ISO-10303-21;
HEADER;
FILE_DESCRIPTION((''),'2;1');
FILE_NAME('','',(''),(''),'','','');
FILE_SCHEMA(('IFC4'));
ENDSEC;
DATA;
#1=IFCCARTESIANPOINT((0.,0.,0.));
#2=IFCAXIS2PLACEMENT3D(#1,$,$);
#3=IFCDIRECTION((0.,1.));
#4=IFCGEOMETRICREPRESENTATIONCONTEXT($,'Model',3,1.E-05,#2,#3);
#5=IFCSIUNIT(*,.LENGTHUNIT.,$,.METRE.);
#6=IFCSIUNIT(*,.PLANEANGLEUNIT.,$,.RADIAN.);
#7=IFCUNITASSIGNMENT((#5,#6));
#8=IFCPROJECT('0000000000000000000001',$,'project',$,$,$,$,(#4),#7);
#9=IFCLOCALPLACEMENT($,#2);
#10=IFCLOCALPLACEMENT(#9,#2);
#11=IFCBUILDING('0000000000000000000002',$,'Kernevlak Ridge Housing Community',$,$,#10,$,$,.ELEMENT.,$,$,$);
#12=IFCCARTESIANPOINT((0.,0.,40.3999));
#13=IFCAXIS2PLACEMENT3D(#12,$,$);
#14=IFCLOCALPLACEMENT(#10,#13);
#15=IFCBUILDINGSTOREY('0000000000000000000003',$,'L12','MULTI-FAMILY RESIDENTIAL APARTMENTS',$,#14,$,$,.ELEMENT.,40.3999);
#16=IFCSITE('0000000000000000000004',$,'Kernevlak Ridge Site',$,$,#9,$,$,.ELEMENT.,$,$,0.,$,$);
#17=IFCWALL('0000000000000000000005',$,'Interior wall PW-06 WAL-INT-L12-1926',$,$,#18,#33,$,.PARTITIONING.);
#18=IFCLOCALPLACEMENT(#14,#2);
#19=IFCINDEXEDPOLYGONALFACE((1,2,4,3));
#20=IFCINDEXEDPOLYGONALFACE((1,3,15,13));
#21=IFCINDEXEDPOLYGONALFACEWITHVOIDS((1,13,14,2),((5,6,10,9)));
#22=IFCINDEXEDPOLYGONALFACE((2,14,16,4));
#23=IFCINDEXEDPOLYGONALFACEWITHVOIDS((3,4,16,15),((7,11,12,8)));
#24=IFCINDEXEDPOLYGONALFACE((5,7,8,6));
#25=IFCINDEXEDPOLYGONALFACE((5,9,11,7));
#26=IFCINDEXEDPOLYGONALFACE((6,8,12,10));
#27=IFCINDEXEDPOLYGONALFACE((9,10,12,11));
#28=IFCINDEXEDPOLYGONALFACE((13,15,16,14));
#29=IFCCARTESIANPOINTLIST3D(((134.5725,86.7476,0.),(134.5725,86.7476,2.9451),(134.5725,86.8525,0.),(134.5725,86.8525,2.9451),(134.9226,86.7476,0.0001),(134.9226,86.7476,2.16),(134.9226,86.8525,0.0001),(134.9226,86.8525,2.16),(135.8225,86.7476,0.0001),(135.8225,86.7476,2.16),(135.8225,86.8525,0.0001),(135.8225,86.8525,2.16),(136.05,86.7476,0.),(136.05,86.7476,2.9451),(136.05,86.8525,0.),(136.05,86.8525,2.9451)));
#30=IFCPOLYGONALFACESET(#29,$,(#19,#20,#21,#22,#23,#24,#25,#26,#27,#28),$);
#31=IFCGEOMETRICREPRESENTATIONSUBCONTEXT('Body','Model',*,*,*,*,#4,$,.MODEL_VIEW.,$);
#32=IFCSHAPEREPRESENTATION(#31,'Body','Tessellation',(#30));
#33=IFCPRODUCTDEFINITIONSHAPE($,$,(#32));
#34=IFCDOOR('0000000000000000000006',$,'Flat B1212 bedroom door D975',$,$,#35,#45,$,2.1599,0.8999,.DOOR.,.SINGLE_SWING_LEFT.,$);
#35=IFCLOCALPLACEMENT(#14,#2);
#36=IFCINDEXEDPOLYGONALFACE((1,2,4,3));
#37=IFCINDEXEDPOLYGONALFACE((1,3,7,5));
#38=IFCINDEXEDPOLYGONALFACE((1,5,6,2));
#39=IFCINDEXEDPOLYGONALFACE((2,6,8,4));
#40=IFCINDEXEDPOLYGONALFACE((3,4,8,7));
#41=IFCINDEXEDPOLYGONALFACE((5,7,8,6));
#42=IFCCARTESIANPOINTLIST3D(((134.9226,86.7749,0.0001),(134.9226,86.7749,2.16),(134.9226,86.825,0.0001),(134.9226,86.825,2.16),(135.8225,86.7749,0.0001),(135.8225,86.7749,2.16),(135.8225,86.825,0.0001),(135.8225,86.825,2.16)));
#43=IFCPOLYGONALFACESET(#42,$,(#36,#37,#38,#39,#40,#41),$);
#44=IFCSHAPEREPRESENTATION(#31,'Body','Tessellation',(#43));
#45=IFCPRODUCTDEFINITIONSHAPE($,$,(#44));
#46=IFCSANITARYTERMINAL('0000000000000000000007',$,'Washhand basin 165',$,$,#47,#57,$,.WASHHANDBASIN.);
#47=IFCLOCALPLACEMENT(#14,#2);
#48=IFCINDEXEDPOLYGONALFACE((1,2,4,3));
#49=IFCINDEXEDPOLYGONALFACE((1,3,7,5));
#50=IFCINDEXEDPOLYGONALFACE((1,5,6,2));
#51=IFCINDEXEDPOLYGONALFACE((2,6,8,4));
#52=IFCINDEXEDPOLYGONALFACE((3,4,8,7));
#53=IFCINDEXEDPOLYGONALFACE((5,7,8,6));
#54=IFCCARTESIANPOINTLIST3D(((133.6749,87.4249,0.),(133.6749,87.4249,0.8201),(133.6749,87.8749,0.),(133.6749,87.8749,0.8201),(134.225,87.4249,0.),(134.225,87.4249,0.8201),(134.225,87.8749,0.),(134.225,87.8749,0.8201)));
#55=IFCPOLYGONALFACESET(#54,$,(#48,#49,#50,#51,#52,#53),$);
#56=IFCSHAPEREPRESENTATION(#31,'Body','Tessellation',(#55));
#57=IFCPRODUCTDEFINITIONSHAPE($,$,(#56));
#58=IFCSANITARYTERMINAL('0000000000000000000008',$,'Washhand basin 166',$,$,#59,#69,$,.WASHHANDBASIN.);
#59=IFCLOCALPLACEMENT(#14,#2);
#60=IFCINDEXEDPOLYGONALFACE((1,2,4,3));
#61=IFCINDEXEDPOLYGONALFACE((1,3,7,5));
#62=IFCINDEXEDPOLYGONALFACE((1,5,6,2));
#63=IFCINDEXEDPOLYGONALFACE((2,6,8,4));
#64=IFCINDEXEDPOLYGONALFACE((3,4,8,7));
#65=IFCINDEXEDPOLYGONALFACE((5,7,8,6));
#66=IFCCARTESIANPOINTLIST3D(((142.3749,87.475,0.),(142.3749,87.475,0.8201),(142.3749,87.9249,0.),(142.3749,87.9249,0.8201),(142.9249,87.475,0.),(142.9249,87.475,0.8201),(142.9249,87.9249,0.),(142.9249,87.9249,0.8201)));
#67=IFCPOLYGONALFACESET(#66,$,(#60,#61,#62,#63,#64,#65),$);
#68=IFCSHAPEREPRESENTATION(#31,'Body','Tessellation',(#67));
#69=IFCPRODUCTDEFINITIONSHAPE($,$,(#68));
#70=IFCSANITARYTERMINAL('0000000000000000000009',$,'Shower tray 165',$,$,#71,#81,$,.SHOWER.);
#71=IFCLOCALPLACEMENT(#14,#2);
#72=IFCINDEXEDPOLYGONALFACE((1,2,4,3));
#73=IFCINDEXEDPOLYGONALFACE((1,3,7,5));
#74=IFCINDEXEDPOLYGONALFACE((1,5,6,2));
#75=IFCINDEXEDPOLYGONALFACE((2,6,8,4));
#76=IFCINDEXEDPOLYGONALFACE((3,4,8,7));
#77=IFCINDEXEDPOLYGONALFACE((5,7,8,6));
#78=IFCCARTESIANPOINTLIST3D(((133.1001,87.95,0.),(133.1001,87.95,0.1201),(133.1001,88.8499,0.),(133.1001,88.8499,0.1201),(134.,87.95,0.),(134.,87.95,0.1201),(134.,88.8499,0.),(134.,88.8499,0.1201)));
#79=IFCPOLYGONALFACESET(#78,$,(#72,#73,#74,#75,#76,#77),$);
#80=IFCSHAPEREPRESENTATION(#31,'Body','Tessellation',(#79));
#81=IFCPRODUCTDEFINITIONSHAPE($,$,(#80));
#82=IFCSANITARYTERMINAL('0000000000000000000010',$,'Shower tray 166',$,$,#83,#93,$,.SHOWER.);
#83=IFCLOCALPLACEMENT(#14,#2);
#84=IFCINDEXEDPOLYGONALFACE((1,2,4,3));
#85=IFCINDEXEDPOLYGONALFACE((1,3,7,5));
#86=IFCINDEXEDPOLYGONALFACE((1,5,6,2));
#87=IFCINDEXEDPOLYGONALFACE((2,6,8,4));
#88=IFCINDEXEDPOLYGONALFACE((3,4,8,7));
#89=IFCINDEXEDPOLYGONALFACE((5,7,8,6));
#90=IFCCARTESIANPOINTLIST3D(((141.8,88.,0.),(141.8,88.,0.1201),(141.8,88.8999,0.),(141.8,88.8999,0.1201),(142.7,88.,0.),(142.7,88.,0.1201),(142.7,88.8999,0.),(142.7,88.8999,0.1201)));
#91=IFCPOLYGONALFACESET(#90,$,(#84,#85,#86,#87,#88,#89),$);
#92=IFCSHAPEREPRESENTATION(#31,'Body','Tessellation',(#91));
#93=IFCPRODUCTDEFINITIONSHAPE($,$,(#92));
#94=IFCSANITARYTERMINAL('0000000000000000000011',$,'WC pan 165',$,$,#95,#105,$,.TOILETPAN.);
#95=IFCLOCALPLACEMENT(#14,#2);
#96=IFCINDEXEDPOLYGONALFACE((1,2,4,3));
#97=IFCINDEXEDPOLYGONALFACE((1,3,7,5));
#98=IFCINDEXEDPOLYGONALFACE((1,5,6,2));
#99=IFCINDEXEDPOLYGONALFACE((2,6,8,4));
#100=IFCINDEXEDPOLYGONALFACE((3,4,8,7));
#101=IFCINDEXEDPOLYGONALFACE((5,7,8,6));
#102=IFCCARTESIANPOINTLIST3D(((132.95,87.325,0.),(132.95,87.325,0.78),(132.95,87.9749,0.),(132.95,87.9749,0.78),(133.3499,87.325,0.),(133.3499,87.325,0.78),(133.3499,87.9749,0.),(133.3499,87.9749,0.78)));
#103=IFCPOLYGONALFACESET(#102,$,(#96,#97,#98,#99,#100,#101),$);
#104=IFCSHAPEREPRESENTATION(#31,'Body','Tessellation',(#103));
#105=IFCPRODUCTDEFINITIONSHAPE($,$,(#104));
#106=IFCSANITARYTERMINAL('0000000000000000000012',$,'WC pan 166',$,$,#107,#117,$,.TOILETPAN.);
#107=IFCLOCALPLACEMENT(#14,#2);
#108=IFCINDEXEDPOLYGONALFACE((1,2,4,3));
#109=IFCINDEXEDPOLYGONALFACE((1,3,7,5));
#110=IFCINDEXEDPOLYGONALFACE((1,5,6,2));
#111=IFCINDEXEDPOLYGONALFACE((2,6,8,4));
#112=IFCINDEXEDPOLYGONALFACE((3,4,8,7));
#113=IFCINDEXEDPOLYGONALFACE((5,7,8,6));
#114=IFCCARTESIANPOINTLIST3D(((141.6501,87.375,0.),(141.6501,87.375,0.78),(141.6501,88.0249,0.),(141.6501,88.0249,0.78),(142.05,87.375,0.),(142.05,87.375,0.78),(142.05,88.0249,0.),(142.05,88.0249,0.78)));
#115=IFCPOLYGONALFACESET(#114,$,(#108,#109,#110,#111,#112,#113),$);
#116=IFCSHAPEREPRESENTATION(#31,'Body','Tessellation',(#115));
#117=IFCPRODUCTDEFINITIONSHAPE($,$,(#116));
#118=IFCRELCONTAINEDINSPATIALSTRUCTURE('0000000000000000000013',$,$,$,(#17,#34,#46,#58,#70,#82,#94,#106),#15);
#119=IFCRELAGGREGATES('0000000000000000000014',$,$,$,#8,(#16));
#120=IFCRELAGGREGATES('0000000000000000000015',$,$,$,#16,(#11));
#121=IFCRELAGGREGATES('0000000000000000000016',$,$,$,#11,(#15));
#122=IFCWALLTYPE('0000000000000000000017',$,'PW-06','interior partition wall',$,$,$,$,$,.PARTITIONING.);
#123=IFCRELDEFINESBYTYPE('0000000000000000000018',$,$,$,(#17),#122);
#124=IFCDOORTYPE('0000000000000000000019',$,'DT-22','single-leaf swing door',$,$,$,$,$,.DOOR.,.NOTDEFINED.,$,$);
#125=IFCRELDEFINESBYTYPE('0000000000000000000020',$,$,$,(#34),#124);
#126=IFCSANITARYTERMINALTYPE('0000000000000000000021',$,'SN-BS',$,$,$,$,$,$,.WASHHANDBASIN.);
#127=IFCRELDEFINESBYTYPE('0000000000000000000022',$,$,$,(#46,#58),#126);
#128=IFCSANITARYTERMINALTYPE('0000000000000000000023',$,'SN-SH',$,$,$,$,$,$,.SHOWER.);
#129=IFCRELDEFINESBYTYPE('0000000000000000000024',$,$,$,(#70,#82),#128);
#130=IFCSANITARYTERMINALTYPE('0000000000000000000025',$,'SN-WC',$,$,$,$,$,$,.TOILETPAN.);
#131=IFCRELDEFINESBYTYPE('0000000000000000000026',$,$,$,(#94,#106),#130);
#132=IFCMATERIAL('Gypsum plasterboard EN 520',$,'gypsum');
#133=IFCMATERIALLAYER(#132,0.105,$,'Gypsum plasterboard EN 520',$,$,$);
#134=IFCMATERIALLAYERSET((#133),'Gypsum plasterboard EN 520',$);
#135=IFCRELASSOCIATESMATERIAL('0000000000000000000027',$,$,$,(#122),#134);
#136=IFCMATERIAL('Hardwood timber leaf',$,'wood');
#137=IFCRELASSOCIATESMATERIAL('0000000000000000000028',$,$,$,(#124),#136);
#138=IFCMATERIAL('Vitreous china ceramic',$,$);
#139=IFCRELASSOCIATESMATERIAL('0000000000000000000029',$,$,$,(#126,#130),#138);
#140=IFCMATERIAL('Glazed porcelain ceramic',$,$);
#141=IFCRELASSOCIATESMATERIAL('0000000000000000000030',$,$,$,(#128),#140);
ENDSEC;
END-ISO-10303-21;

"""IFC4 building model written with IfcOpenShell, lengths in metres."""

from ifc_helpers import new_model, si_unit, direction, frame, frame_2d, origin, origin_2d, place, context, subcontext, project, spatial, rectangle, extrude, material, layer, layer_set, type_object, element, fill, save


model = new_model("IFC4")

# Units and contexts
model_context = context("Model", 3, precision=1e-05, world=origin(), true_north=direction((0.0, 1.0)))
body_context = subcontext(model_context, "Body", "Model", "MODEL_VIEW")
ifc_project = project(units=[si_unit("LENGTHUNIT", "METRE"), si_unit("PLANEANGLEUNIT", "RADIAN")], contexts=[model_context])

# Site, building, storey
site_placement = place(None, origin())
site = spatial("IfcSite", under=ifc_project, at=site_placement, Name="Kernevlak Ridge Site", CompositionType="ELEMENT", RefElevation=0.0)
building_placement = place(site_placement, origin())
building = spatial("IfcBuilding", under=site, at=building_placement, Name="Kernevlak Ridge Housing Community", CompositionType="ELEMENT")
storey_placement = place(building_placement, frame((0.0, 0.0, 40.3999)))
storey = spatial("IfcBuildingStorey", under=building, at=storey_placement, Name="L12", Description="MULTI-FAMILY RESIDENTIAL APARTMENTS", CompositionType="ELEMENT", Elevation=40.3999)

# Shared definitions
ifc_material_1 = material(Name="Gypsum plasterboard EN 520", Category="gypsum")

# Shared definitions
ifc_material_2 = material(Name="Hardwood timber leaf", Category="wood")

# Wall, opening, door
ifc_layer_1 = layer(ifc_material_1, 0.105, Name="Gypsum plasterboard EN 520")
ifc_layer_set_1 = layer_set([ifc_layer_1], Name="Gypsum plasterboard EN 520")
wall_type_1 = type_object("IfcWallType", Name="PW-06", Description="interior partition wall", PredefinedType="PARTITIONING", material=ifc_layer_set_1)
wall_1_placement = place(storey_placement, frame((134.5725, 86.8, 0.0), z_axis=(0.0, 0.0, 1.0), x_axis=(1.0, 0.0, 0.0)))
wall_1 = element("IfcWall", 1, at=wall_1_placement, inside=storey, type_object=wall_type_1, Name="Interior wall PW-06 WAL-INT-L12-1926", PredefinedType="PARTITIONING", context=body_context, shape_type="SweptSolid", body=[
    extrude(rectangle(XDim=1.4775, YDim=0.105, at=frame_2d((0.7388, 0.0))), origin(), (0.0, 0.0, 1.0), 2.9451),
])
opening_1_placement = place(wall_1_placement, frame((0.3501, 0.0, 0.0)))
opening_1 = element("IfcOpeningElement", 2, at=opening_1_placement, cuts=wall_1, PredefinedType="OPENING", context=body_context, shape_type="SweptSolid", body=[
    extrude(rectangle(XDim=0.8999, YDim=2.1599, at=frame_2d((0.45, 1.0801))), frame((0.0, 0.0625, 0.0), z_axis=(0.0, -1.0, 0.0), x_axis=(1.0, 0.0, 0.0)), (0.0, 0.0, 1.0), 0.125),
])
door_type_1 = type_object("IfcDoorType", Name="DT-22", Description="single-leaf swing door", OperationType="NOTDEFINED", PredefinedType="DOOR", material=ifc_material_2)
door_1_placement = place(opening_1_placement, origin())
door_1 = element("IfcDoor", 3, at=door_1_placement, inside=storey, type_object=door_type_1, Name="Flat B1212 bedroom door D975", OperationType="SINGLE_SWING_LEFT", OverallHeight=2.1599, OverallWidth=0.8999, PredefinedType="DOOR", context=body_context, shape_type="SweptSolid", body=[
    extrude(rectangle(XDim=0.8999, YDim=2.1599, at=frame_2d((0.45, 1.0801))), frame((0.0, 0.0249, 0.0), z_axis=(0.0, -1.0, 0.0), x_axis=(1.0, 0.0, 0.0)), (0.0, 0.0, 1.0), 0.05),
])
fill(opening_1, door_1)

# Sanitary terminals
ifc_material_3 = material(Name="Vitreous china ceramic")
sanitary_terminal_type_1 = type_object("IfcSanitaryTerminalType", Name="SN-BS", PredefinedType="WASHHANDBASIN", material=ifc_material_3)
for number, where, z_axis, x_axis, name in (
    (4, (133.95, 87.6499, 0.0), (0.0, 0.0, 1.0), (1.0, 0.0, 0.0), "Washhand basin 165"),
    (5, (142.6499, 87.7, 0.0), (0.0, 0.0, 1.0), (1.0, 0.0, 0.0), "Washhand basin 166"),
):
    element("IfcSanitaryTerminal", number, at=place(storey_placement, frame(where, z_axis=z_axis, x_axis=x_axis)), inside=storey, type_object=sanitary_terminal_type_1, Name=name, PredefinedType="WASHHANDBASIN", context=body_context, shape_type="SweptSolid", body=[
        extrude(rectangle(XDim=0.55, YDim=0.45, at=origin_2d()), origin(), (0.0, 0.0, 1.0), 0.8201),
    ])
ifc_material_4 = material(Name="Glazed porcelain ceramic")
sanitary_terminal_type_2 = type_object("IfcSanitaryTerminalType", Name="SN-SH", PredefinedType="SHOWER", material=ifc_material_4)
for number, where, z_axis, x_axis, name in (
    (6, (133.55, 88.3999, 0.0), (0.0, 0.0, 1.0), (1.0, 0.0, 0.0), "Shower tray 165"),
    (7, (142.25, 88.45, 0.0), (0.0, 0.0, 1.0), (1.0, 0.0, 0.0), "Shower tray 166"),
):
    element("IfcSanitaryTerminal", number, at=place(storey_placement, frame(where, z_axis=z_axis, x_axis=x_axis)), inside=storey, type_object=sanitary_terminal_type_2, Name=name, PredefinedType="SHOWER", context=body_context, shape_type="SweptSolid", body=[
        extrude(rectangle(XDim=0.8999, YDim=0.8999, at=origin_2d()), origin(), (0.0, 0.0, 1.0), 0.1201),
    ])
sanitary_terminal_type_3 = type_object("IfcSanitaryTerminalType", Name="SN-WC", PredefinedType="TOILETPAN", material=ifc_material_3)
for number, where, z_axis, x_axis, name in (
    (8, (133.1499, 87.6499, 0.0), (0.0, 0.0, 1.0), (1.0, 0.0, 0.0), "WC pan 165"),
    (9, (141.8501, 87.7, 0.0), (0.0, 0.0, 1.0), (1.0, 0.0, 0.0), "WC pan 166"),
):
    element("IfcSanitaryTerminal", number, at=place(storey_placement, frame(where, z_axis=z_axis, x_axis=x_axis)), inside=storey, type_object=sanitary_terminal_type_3, Name=name, PredefinedType="TOILETPAN", context=body_context, shape_type="SweptSolid", body=[
        extrude(rectangle(XDim=0.3999, YDim=0.6499, at=origin_2d()), origin(), (0.0, 0.0, 1.0), 0.78),
    ])

save(model, "model.ifc")
